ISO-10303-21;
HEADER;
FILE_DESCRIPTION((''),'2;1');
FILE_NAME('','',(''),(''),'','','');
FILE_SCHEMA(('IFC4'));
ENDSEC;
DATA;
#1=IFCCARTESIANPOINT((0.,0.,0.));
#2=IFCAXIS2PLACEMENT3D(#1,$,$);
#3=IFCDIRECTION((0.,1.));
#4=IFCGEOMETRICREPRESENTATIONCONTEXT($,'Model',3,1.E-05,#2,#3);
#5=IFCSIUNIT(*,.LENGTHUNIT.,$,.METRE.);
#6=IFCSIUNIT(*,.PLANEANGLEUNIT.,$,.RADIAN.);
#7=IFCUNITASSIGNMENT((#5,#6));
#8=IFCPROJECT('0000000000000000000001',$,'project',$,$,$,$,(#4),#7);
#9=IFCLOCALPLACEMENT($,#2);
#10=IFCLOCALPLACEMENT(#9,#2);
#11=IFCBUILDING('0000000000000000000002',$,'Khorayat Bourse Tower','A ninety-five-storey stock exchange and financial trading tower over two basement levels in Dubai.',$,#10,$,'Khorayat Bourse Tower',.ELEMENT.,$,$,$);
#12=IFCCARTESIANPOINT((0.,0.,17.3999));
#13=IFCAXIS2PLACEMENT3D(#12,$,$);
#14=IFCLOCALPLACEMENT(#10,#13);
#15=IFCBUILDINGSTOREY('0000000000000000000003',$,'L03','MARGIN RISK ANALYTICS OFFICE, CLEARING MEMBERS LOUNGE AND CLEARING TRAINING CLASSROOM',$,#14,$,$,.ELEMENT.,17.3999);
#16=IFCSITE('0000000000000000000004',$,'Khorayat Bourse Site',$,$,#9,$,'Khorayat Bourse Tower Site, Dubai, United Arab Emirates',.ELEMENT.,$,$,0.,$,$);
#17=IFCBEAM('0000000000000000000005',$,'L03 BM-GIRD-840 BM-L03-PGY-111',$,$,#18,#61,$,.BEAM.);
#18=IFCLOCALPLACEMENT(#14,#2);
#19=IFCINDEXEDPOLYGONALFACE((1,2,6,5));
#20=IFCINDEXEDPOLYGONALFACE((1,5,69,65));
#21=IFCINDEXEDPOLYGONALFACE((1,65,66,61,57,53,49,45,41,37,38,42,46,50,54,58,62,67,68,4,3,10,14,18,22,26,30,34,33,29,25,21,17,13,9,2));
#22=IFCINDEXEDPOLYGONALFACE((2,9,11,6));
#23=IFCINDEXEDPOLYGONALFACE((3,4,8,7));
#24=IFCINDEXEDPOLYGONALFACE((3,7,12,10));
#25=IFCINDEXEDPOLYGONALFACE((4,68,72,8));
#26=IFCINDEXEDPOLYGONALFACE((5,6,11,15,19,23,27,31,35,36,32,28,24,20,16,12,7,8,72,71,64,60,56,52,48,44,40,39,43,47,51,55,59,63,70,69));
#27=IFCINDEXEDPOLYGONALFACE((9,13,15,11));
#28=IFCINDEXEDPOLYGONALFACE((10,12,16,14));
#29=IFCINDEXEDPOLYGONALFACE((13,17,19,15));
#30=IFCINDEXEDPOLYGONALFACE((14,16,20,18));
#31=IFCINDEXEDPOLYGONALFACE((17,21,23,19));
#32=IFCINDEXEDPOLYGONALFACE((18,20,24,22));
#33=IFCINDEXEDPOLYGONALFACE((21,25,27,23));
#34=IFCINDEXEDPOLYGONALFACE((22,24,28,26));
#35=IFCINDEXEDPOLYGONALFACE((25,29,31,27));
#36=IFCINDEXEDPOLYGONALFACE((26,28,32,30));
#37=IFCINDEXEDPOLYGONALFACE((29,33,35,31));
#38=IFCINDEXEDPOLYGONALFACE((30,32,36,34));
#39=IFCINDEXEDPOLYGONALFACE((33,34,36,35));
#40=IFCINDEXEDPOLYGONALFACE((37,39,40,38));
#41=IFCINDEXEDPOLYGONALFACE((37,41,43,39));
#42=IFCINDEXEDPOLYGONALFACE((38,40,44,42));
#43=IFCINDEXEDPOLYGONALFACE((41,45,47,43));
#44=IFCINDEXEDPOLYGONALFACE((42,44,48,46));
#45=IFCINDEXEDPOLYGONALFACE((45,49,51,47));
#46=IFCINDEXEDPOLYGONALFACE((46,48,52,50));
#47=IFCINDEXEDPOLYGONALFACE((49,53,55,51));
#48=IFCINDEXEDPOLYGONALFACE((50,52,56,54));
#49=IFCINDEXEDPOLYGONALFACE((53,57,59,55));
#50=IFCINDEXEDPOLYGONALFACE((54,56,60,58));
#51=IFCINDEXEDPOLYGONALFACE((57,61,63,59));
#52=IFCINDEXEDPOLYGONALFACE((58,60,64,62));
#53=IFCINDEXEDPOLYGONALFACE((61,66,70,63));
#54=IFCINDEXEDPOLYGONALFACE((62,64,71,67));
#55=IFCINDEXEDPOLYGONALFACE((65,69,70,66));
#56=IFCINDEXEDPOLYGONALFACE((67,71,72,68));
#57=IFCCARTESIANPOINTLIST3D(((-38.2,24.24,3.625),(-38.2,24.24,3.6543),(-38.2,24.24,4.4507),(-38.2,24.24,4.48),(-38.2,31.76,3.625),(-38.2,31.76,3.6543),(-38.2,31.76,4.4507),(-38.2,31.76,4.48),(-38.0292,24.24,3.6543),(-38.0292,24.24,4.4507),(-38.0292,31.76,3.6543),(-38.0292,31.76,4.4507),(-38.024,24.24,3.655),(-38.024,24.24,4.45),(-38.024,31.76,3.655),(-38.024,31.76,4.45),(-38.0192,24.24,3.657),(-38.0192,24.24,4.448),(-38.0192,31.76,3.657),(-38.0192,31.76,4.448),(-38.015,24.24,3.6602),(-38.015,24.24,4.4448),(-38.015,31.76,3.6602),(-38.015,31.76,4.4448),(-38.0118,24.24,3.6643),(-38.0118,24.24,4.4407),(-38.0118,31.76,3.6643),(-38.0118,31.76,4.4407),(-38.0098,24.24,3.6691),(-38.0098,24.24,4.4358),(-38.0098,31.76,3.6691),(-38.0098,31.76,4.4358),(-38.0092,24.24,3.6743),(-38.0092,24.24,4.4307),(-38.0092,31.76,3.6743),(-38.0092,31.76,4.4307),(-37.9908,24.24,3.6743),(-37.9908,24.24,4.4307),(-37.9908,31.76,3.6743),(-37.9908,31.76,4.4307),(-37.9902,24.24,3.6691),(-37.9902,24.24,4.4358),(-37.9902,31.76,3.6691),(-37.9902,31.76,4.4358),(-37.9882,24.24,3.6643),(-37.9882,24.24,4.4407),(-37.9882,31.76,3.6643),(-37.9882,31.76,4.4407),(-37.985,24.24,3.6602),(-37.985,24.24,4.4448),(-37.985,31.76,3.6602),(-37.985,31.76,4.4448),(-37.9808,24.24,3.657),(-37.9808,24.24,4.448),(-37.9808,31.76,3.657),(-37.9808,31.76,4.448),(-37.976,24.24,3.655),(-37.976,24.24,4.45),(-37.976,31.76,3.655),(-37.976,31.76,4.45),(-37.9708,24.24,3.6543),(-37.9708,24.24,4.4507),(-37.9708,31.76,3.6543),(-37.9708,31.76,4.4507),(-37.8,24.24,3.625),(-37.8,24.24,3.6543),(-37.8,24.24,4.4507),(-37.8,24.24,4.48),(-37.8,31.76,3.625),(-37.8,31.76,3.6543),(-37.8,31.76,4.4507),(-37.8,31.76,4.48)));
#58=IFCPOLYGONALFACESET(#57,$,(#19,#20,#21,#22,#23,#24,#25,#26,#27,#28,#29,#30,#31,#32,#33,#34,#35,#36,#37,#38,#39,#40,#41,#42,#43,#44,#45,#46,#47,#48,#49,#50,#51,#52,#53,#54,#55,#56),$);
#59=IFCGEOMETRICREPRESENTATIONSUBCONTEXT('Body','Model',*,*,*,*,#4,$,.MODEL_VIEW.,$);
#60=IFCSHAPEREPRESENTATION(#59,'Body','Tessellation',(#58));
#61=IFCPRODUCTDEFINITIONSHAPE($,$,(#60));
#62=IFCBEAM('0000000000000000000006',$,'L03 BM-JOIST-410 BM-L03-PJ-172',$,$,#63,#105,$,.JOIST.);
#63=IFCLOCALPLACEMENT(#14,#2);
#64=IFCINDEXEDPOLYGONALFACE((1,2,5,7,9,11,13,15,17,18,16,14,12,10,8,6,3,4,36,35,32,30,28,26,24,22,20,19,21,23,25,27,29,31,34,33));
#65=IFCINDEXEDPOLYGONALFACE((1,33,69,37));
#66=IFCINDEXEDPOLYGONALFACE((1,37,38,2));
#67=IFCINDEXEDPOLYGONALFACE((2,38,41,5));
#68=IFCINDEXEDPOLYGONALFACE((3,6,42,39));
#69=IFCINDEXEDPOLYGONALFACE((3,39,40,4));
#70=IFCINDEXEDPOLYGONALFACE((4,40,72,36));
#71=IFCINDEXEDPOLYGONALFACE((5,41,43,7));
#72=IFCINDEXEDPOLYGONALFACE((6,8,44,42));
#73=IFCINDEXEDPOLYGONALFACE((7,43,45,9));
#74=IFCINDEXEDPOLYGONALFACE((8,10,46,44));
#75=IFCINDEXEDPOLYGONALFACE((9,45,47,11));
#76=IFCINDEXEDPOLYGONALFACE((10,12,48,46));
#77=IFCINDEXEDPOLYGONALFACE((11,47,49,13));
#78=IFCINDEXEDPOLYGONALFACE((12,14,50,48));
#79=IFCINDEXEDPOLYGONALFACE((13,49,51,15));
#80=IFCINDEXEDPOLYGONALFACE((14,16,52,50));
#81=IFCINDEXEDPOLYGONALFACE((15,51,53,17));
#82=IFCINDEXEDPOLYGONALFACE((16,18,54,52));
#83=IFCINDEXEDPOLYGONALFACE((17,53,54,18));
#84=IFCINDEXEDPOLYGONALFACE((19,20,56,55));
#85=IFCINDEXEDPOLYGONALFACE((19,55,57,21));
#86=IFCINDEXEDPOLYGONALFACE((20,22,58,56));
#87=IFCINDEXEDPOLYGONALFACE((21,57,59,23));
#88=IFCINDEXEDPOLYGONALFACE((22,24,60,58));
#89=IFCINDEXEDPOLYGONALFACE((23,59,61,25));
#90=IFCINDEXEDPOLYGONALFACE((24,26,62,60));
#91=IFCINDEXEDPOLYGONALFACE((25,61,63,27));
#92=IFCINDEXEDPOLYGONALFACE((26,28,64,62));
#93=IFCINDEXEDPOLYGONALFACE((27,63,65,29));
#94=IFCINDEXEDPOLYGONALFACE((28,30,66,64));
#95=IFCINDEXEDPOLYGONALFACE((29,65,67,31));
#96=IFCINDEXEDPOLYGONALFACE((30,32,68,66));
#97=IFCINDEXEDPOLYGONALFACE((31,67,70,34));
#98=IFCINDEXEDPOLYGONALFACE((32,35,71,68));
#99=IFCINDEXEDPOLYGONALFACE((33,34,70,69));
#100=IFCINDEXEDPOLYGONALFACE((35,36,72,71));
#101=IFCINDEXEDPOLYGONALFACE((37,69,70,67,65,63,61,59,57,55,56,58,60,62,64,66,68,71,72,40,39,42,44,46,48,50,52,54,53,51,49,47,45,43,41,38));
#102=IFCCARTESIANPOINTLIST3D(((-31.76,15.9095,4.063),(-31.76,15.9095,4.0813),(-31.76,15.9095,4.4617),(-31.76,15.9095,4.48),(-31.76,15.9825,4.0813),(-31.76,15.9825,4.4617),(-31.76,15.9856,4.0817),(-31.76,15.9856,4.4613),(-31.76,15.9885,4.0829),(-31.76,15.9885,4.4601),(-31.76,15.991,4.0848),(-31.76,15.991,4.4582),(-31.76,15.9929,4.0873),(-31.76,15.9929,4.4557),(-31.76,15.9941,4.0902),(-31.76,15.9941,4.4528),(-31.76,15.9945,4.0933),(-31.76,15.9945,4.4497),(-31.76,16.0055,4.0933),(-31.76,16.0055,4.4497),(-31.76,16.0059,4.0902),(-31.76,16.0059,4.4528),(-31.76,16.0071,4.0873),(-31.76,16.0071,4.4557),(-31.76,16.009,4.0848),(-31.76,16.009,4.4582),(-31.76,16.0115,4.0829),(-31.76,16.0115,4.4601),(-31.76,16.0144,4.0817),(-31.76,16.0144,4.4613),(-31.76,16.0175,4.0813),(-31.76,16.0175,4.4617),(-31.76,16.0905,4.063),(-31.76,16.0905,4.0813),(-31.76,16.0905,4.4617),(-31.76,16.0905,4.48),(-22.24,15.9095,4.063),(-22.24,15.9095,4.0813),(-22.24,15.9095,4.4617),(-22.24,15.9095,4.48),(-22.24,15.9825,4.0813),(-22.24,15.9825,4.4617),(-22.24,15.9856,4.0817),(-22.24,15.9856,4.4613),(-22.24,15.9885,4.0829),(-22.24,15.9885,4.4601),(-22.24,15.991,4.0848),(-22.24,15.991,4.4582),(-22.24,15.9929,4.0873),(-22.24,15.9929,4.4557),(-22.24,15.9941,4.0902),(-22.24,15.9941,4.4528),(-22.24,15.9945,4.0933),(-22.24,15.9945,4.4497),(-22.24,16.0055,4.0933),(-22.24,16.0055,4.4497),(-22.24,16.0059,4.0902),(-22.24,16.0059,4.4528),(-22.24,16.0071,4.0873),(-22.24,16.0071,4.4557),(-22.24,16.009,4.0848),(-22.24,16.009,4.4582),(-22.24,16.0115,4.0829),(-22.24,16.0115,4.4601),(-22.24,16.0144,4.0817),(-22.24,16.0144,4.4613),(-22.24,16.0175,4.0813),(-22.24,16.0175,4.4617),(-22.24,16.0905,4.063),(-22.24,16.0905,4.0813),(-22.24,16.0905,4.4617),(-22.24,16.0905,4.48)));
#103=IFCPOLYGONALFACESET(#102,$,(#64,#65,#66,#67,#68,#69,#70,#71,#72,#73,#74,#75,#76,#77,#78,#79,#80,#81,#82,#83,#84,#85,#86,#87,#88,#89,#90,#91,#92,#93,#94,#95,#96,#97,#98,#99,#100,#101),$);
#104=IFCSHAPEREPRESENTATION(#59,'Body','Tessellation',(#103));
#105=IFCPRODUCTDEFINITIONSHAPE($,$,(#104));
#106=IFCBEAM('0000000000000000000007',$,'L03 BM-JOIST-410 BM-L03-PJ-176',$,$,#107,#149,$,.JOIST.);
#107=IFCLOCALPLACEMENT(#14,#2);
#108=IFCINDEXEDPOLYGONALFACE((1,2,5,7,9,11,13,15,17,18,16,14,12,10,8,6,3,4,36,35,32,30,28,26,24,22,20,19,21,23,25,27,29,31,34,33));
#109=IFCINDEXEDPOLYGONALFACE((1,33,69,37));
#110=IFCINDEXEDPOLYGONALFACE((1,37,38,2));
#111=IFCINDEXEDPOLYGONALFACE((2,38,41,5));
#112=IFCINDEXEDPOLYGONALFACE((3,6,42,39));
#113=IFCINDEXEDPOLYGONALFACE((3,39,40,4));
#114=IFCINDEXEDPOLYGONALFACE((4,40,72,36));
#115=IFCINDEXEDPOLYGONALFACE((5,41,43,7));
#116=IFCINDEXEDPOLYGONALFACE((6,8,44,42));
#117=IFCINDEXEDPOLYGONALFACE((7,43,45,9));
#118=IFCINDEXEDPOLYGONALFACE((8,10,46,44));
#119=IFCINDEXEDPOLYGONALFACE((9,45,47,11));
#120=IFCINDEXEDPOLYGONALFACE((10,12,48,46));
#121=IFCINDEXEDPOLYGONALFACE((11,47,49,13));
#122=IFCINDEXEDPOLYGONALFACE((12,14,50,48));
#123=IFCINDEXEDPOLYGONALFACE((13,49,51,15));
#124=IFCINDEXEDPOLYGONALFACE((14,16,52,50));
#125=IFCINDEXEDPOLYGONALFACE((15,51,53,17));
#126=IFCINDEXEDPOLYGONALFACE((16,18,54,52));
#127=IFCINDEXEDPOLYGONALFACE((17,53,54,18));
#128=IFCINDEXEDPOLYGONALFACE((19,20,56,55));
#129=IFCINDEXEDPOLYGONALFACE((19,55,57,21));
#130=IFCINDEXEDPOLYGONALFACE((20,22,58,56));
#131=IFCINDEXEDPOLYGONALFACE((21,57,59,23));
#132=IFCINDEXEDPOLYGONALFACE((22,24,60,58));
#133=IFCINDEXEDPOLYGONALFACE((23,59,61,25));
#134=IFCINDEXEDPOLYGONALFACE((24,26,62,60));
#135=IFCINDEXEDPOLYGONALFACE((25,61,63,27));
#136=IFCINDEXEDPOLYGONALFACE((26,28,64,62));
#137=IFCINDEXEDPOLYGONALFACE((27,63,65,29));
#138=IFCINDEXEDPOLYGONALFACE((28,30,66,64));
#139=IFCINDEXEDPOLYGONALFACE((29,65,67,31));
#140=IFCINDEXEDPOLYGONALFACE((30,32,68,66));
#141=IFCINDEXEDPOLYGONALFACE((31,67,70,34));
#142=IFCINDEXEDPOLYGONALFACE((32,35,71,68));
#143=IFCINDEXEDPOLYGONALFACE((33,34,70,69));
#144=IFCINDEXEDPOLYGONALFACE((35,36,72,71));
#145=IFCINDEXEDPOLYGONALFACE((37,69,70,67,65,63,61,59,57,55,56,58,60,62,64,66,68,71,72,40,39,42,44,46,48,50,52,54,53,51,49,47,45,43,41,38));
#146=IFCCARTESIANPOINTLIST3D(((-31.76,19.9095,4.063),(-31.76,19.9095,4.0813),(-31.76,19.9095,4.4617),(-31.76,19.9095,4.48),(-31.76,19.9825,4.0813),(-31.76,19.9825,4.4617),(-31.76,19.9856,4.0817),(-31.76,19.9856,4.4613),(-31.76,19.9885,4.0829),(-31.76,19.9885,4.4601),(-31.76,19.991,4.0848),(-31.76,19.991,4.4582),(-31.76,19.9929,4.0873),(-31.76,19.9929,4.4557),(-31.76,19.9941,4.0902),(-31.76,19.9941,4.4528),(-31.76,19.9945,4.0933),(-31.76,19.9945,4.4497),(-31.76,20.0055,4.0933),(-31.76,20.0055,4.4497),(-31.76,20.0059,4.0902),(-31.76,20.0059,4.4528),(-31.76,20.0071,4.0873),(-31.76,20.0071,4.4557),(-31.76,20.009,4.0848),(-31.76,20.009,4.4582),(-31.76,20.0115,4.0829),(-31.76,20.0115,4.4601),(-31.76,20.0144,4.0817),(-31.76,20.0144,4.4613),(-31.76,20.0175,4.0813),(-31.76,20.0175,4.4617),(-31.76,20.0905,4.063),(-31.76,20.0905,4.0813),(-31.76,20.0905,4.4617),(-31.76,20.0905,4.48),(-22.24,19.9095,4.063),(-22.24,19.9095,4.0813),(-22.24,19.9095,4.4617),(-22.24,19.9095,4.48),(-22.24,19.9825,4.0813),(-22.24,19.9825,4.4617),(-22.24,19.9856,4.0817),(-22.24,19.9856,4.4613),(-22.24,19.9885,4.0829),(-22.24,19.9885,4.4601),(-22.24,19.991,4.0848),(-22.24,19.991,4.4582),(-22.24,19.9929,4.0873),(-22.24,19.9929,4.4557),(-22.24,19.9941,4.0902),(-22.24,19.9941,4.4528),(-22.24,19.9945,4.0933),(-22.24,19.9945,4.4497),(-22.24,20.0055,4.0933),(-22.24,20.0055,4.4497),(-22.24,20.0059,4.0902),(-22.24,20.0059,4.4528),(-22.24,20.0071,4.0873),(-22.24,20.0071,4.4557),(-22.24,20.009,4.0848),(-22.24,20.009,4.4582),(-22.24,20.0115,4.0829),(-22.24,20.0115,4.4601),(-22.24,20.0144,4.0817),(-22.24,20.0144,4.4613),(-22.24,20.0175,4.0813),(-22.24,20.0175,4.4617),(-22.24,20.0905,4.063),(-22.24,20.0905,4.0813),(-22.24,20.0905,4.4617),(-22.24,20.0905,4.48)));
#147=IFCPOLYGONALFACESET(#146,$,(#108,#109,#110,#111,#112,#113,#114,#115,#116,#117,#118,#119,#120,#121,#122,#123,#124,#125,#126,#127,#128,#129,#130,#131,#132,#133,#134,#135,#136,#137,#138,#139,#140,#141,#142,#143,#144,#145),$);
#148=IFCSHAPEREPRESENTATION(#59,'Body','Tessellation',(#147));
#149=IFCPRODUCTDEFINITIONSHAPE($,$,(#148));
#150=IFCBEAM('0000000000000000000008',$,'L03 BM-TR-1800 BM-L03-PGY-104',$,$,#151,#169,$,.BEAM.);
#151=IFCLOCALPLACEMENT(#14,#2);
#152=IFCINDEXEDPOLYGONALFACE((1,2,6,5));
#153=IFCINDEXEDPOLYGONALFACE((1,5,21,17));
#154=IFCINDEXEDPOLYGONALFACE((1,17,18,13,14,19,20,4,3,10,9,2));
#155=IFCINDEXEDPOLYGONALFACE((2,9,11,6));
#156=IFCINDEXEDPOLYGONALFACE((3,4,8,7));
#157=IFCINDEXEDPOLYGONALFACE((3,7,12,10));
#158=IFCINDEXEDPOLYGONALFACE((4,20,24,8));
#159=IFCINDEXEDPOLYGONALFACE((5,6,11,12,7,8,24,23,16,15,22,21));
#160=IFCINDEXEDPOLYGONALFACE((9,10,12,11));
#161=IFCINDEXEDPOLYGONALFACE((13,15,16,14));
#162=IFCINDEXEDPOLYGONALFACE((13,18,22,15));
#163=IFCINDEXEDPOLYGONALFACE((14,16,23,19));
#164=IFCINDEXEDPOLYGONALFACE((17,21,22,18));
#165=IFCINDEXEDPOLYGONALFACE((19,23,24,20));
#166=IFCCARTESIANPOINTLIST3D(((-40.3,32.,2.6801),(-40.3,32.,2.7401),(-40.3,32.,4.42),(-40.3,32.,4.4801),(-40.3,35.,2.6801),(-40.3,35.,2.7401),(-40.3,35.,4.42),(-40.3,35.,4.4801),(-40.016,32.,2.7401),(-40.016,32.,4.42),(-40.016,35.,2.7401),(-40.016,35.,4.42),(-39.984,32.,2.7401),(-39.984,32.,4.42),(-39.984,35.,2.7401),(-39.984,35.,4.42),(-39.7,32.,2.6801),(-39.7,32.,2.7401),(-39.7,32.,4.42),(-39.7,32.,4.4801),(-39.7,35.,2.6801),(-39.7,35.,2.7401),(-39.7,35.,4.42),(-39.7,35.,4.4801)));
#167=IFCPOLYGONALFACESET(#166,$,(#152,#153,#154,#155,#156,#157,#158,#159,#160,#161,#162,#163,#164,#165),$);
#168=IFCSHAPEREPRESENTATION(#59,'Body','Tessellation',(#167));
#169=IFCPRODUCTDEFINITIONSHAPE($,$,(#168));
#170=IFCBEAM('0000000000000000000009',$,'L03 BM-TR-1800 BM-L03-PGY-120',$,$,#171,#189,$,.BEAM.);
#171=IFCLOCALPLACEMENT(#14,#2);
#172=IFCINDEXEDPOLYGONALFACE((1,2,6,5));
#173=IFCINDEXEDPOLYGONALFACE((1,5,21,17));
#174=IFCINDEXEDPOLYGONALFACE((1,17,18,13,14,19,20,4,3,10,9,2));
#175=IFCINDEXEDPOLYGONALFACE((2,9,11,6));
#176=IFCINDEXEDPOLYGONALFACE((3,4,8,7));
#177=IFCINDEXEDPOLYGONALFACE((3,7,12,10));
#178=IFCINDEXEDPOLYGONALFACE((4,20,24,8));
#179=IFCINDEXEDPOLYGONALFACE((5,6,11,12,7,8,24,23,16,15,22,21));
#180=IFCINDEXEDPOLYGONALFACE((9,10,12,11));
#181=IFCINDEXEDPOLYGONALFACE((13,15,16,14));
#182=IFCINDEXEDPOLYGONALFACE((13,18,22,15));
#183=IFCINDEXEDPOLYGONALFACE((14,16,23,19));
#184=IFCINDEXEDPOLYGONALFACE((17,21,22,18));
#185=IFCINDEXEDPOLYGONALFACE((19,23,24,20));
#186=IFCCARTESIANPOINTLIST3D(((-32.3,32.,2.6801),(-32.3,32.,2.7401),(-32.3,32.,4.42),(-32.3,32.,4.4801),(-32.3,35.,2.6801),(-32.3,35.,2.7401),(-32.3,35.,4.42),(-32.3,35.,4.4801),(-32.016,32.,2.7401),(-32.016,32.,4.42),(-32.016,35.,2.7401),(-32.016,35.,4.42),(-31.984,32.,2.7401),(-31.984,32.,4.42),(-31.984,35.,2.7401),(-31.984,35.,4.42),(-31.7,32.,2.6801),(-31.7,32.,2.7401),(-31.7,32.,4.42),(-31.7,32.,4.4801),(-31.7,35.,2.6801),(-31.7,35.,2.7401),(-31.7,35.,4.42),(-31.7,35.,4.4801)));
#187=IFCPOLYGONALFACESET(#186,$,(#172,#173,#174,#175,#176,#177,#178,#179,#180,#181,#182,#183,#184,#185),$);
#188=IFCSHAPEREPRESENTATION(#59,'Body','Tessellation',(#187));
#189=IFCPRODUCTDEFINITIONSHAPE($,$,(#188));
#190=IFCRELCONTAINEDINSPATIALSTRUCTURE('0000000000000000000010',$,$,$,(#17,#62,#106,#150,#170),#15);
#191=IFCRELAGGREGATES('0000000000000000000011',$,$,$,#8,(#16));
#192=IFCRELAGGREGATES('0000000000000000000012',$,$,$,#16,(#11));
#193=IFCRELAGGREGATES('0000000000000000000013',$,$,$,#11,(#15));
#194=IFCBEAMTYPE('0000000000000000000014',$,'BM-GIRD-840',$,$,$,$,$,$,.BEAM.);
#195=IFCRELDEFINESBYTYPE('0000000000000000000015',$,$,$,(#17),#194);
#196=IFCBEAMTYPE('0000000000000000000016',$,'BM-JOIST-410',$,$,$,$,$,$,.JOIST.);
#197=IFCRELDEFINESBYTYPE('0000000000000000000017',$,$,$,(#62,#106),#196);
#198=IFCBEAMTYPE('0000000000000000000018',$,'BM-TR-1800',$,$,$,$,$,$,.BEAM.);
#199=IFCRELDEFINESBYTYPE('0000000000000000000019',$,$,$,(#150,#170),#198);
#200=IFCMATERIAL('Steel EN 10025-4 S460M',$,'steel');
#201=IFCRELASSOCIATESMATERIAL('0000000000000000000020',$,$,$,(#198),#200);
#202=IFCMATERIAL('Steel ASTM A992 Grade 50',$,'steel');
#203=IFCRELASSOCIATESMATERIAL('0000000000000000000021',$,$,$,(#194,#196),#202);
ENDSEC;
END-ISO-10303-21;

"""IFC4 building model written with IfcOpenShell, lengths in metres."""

from ifc_helpers import new_model, si_unit, direction, frame, origin, origin_2d, place, context, subcontext, project, spatial, i_section, extrude, source, transform, mapped, material, material_profile, profile_set, type_object, element, save


model = new_model("IFC4")

# Units and contexts
model_context = context("Model", 3, precision=1e-05, world=origin(), true_north=direction((0.0, 1.0)))
body_context = subcontext(model_context, "Body", "Model", "MODEL_VIEW")
ifc_project = project(units=[si_unit("LENGTHUNIT", "METRE"), si_unit("PLANEANGLEUNIT", "RADIAN")], contexts=[model_context])

# Site, building, storey
site_placement = place(None, origin())
site = spatial("IfcSite", under=ifc_project, at=site_placement, Name="Khorayat Bourse Site", LongName="Khorayat Bourse Tower Site, Dubai, United Arab Emirates", CompositionType="ELEMENT", RefElevation=0.0)
building_placement = place(site_placement, origin())
building = spatial("IfcBuilding", under=site, at=building_placement, Name="Khorayat Bourse Tower", Description="A ninety-five-storey stock exchange and financial trading tower over two basement levels in Dubai.", LongName="Khorayat Bourse Tower", CompositionType="ELEMENT")
storey_placement = place(building_placement, frame((0.0, 0.0, 17.3999)))
storey = spatial("IfcBuildingStorey", under=building, at=storey_placement, Name="L03", Description="MARGIN RISK ANALYTICS OFFICE, CLEARING MEMBERS LOUNGE AND CLEARING TRAINING CLASSROOM", CompositionType="ELEMENT", Elevation=17.3999)

# Beams
ifc_material_1 = material(Name="Steel EN 10025-4 S460M", Category="steel")
ifc_material_profile_1 = material_profile(ifc_material_1, i_section(OverallWidth=0.6001, OverallDepth=1.8, WebThickness=0.032, FlangeThickness=0.0601, at=origin_2d()), Name="PG 1800x600x32x60")
ifc_profile_set_1 = profile_set([ifc_material_profile_1], Name="Steel EN 10025-4 S460M")
beam_type_1 = type_object("IfcBeamType", Name="BM-TR-1800", PredefinedType="BEAM", material=ifc_profile_set_1)
ifc_material_2 = material(Name="Steel ASTM A992 Grade 50", Category="steel")
ifc_material_profile_2 = material_profile(ifc_material_2, i_section(OverallWidth=0.3999, OverallDepth=0.855, WebThickness=0.0183, FlangeThickness=0.0293, FilletRadius=0.02, at=origin_2d()), Name="W840X299")
ifc_profile_set_2 = profile_set([ifc_material_profile_2], Name="Steel ASTM A992 Grade 50")
beam_type_2 = type_object("IfcBeamType", Name="BM-GIRD-840", PredefinedType="BEAM", material=ifc_profile_set_2)
shared_shape_1 = source(origin(), body_context, "Body", "SweptSolid", [
    extrude(i_section(OverallWidth=0.3999, OverallDepth=0.855, WebThickness=0.0183, FlangeThickness=0.0293, FilletRadius=0.02, at=origin_2d()), origin(), (0.0, 0.0, 1.0), 7.52),
])
beam_1_placement = place(storey_placement, frame((-38.0, 24.24, 4.0525), z_axis=(0.0, 1.0, 0.0), x_axis=(-1.0, 0.0, 0.0)))
element("IfcBeam", 1, at=beam_1_placement, inside=storey, type_object=beam_type_2, Name="L03 BM-GIRD-840 BM-L03-PGY-111", PredefinedType="BEAM", context=body_context, shape_type="MappedRepresentation", body=[
    mapped(shared_shape_1, transform((0.0, 0.0, 0.0), scale=1.0)),
])
ifc_material_profile_3 = material_profile(ifc_material_2, i_section(OverallWidth=0.1809, OverallDepth=0.417, WebThickness=0.011, FlangeThickness=0.0183, FilletRadius=0.012, at=origin_2d()), Name="W410X85")
ifc_profile_set_3 = profile_set([ifc_material_profile_3], Name="Steel ASTM A992 Grade 50")
beam_type_3 = type_object("IfcBeamType", Name="BM-JOIST-410", PredefinedType="JOIST", material=ifc_profile_set_3)
shared_shape_2 = source(origin(), body_context, "Body", "SweptSolid", [
    extrude(i_section(OverallWidth=0.1809, OverallDepth=0.417, WebThickness=0.011, FlangeThickness=0.0183, FilletRadius=0.012, at=origin_2d()), origin(), (0.0, 0.0, 1.0), 9.52),
])
for number, where, z_axis, x_axis, name in (
    (2, (-31.76, 16.0, 4.2715), (1.0, 0.0, 0.0), (0.0, 1.0, 0.0), "L03 BM-JOIST-410 BM-L03-PJ-172"),
    (3, (-31.76, 20.0, 4.2715), (1.0, 0.0, 0.0), (0.0, 1.0, 0.0), "L03 BM-JOIST-410 BM-L03-PJ-176"),
):
    element("IfcBeam", number, at=place(storey_placement, frame(where, z_axis=z_axis, x_axis=x_axis)), inside=storey, type_object=beam_type_3, Name=name, PredefinedType="JOIST", context=body_context, shape_type="MappedRepresentation", body=[
        mapped(shared_shape_2, transform((0.0, 0.0, 0.0), scale=1.0)),
    ])
shared_shape_3 = source(origin(), body_context, "Body", "SweptSolid", [
    extrude(i_section(OverallWidth=0.6001, OverallDepth=1.8, WebThickness=0.032, FlangeThickness=0.0601, at=origin_2d()), origin(), (0.0, 0.0, 1.0), 3.0),
])
for number, where, z_axis, x_axis, name in (
    (4, (-40.0, 32.0, 3.5801), (0.0, 1.0, 0.0), (-1.0, 0.0, 0.0), "L03 BM-TR-1800 BM-L03-PGY-104"),
    (5, (-32.0, 32.0, 3.5801), (0.0, 1.0, 0.0), (-1.0, 0.0, 0.0), "L03 BM-TR-1800 BM-L03-PGY-120"),
):
    element("IfcBeam", number, at=place(storey_placement, frame(where, z_axis=z_axis, x_axis=x_axis)), inside=storey, type_object=beam_type_1, Name=name, PredefinedType="BEAM", context=body_context, shape_type="MappedRepresentation", body=[
        mapped(shared_shape_3, transform((0.0, 0.0, 0.0), scale=1.0)),
    ])

save(model, "model.ifc")
